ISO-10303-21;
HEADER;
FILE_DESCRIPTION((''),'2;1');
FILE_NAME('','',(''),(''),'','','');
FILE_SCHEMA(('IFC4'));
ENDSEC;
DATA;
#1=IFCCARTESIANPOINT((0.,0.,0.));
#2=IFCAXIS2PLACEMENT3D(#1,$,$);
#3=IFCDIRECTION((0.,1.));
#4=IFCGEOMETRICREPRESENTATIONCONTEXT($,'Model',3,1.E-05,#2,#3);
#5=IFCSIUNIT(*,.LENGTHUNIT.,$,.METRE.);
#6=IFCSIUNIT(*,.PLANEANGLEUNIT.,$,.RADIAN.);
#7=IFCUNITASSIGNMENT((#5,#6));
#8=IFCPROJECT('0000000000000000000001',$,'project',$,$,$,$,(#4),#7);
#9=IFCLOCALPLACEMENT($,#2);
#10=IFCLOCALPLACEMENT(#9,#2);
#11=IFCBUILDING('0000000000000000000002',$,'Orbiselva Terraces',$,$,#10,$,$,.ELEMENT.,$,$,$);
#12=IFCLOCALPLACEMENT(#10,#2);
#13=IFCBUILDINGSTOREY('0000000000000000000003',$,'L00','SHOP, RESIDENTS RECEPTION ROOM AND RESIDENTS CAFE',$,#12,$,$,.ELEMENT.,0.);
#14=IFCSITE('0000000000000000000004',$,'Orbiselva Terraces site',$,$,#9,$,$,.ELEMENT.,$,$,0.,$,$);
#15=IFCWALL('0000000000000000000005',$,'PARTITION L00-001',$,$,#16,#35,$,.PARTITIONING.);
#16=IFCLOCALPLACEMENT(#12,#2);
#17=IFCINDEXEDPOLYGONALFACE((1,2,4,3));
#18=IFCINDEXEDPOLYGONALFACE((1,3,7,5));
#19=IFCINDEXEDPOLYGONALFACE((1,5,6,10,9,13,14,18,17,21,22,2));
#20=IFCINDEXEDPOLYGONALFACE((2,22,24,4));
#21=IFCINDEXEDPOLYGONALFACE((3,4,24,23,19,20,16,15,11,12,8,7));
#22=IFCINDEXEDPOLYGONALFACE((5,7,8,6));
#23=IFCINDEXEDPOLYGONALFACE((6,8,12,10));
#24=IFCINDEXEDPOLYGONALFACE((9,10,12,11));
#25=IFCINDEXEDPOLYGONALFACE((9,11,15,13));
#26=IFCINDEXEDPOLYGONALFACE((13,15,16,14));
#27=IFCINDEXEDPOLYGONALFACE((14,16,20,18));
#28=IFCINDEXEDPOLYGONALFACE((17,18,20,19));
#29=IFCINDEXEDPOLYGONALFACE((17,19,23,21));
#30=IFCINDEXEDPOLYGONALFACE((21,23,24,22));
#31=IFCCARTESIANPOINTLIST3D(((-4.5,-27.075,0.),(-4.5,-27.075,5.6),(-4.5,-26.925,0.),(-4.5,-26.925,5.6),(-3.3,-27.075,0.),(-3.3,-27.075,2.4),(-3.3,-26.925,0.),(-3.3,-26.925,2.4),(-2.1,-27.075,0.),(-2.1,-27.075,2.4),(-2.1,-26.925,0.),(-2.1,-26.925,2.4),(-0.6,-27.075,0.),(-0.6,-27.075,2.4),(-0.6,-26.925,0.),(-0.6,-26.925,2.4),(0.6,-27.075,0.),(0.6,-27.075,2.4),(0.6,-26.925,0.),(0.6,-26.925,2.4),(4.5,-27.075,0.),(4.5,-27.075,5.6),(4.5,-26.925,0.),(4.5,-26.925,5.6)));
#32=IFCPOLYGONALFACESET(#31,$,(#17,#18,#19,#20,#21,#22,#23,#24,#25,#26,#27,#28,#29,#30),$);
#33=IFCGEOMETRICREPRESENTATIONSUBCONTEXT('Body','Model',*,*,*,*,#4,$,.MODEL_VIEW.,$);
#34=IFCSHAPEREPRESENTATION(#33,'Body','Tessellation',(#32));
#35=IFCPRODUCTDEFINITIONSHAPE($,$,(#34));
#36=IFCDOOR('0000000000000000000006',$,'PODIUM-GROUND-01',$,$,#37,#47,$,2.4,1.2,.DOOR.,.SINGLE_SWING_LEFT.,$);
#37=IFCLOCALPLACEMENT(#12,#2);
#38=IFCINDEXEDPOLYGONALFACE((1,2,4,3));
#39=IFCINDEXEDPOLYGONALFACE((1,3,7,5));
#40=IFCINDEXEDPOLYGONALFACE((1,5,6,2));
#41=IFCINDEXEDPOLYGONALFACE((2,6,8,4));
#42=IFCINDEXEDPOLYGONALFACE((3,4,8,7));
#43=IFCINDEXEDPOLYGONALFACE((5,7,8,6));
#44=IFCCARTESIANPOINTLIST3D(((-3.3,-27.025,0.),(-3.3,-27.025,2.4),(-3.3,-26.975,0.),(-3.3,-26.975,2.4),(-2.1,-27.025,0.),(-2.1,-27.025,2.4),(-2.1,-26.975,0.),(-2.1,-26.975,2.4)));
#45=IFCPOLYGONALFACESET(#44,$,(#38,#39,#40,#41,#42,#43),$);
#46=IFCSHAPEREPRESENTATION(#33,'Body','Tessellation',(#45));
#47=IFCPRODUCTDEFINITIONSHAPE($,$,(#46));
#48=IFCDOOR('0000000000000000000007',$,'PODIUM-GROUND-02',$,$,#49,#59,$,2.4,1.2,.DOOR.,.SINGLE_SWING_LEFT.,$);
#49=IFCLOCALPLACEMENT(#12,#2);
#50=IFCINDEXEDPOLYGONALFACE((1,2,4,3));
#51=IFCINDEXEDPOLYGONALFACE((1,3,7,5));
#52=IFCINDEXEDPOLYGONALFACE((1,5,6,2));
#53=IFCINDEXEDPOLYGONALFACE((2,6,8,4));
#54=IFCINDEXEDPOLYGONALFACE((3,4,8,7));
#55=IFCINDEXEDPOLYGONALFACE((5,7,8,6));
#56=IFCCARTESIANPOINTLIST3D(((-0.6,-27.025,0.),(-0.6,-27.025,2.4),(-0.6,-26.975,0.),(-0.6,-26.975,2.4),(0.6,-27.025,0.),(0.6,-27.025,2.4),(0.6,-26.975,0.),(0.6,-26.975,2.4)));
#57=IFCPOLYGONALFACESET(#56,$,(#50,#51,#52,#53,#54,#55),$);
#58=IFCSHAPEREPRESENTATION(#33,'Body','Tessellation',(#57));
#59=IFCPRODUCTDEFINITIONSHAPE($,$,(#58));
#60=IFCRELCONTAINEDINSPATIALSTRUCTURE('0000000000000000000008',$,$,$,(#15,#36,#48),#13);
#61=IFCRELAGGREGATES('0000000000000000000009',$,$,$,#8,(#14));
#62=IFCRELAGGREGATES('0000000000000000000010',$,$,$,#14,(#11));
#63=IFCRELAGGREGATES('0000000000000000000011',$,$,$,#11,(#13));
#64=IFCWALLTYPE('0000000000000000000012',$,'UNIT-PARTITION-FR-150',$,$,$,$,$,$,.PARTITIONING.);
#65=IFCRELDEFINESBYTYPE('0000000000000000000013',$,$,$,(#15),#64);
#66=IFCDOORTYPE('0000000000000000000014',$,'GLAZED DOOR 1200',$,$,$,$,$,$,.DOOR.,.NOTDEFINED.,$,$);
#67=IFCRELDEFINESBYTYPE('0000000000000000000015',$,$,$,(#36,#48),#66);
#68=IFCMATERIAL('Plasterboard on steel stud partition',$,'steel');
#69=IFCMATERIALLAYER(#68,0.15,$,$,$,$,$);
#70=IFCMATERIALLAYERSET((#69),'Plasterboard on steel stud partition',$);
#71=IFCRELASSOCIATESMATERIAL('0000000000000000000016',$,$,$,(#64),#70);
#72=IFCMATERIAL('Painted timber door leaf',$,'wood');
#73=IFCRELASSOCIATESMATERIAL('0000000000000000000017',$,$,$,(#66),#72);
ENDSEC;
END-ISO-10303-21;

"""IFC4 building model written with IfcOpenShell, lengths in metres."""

from ifc_helpers import new_model, si_unit, direction, frame, frame_2d, origin, place, context, subcontext, project, spatial, rectangle, extrude, material, layer, layer_set, type_object, element, fill, save


model = new_model("IFC4")

# Units and contexts
model_context = context("Model", 3, precision=1e-05, world=origin(), true_north=direction((0.0, 1.0)))
body_context = subcontext(model_context, "Body", "Model", "MODEL_VIEW")
ifc_project = project(units=[si_unit("LENGTHUNIT", "METRE"), si_unit("PLANEANGLEUNIT", "RADIAN")], contexts=[model_context])

# Site, building, storey
site_placement = place(None, origin())
site = spatial("IfcSite", under=ifc_project, at=site_placement, Name="Orbiselva Terraces site", CompositionType="ELEMENT", RefElevation=0.0)
building_placement = place(site_placement, origin())
building = spatial("IfcBuilding", under=site, at=building_placement, Name="Orbiselva Terraces", CompositionType="ELEMENT")
storey_placement = place(building_placement, origin())
storey = spatial("IfcBuildingStorey", under=building, at=storey_placement, Name="L00", Description="SHOP, RESIDENTS RECEPTION ROOM AND RESIDENTS CAFE", CompositionType="ELEMENT", Elevation=0.0)

# Wall, openings, doors
ifc_material_1 = material(Name="Plasterboard on steel stud partition", Category="steel")
ifc_layer_1 = layer(ifc_material_1, 0.15)
ifc_layer_set_1 = layer_set([ifc_layer_1], Name="Plasterboard on steel stud partition")
wall_type_1 = type_object("IfcWallType", Name="UNIT-PARTITION-FR-150", PredefinedType="PARTITIONING", material=ifc_layer_set_1)
wall_1_placement = place(storey_placement, frame((-4.5, -27.0, 0.0), z_axis=(0.0, 0.0, 1.0), x_axis=(1.0, 0.0, 0.0)))
wall_1 = element("IfcWall", 1, at=wall_1_placement, inside=storey, type_object=wall_type_1, Name="PARTITION L00-001", PredefinedType="PARTITIONING", context=body_context, shape_type="SweptSolid", body=[
    extrude(rectangle(XDim=9.0, YDim=0.15, at=frame_2d((4.5, 0.0))), origin(), (0.0, 0.0, 1.0), 5.6),
])
opening_1_placement = place(wall_1_placement, frame((1.2, 0.0, 0.0)))
opening_1 = element("IfcOpeningElement", 2, at=opening_1_placement, cuts=wall_1, PredefinedType="OPENING", context=body_context, shape_type="SweptSolid", body=[
    extrude(rectangle(XDim=1.2, YDim=2.4, at=frame_2d((0.6, 1.2))), frame((0.0, 0.085, 0.0), z_axis=(0.0, -1.0, 0.0), x_axis=(1.0, 0.0, 0.0)), (0.0, 0.0, 1.0), 0.17),
])
opening_2_placement = place(wall_1_placement, frame((3.9, 0.0, 0.0)))
opening_2 = element("IfcOpeningElement", 3, at=opening_2_placement, cuts=wall_1, PredefinedType="OPENING", context=body_context, shape_type="SweptSolid", body=[
    extrude(rectangle(XDim=1.2, YDim=2.4, at=frame_2d((0.6, 1.2))), frame((0.0, 0.085, 0.0), z_axis=(0.0, -1.0, 0.0), x_axis=(1.0, 0.0, 0.0)), (0.0, 0.0, 1.0), 0.17),
])
ifc_material_2 = material(Name="Painted timber door leaf", Category="wood")
door_type_1 = type_object("IfcDoorType", Name="GLAZED DOOR 1200", OperationType="NOTDEFINED", PredefinedType="DOOR", material=ifc_material_2)
door_1_placement = place(opening_1_placement, origin())
door_1 = element("IfcDoor", 4, at=door_1_placement, inside=storey, type_object=door_type_1, Name="PODIUM-GROUND-01", OperationType="SINGLE_SWING_LEFT", OverallHeight=2.4, OverallWidth=1.2, PredefinedType="DOOR", context=body_context, shape_type="SweptSolid", body=[
    extrude(rectangle(XDim=1.2, YDim=2.4, at=frame_2d((0.6, 1.2))), frame((0.0, 0.025, 0.0), z_axis=(0.0, -1.0, 0.0), x_axis=(1.0, 0.0, 0.0)), (0.0, 0.0, 1.0), 0.05),
])
fill(opening_1, door_1)
door_2_placement = place(opening_2_placement, origin())
door_2 = element("IfcDoor", 5, at=door_2_placement, inside=storey, type_object=door_type_1, Name="PODIUM-GROUND-02", OperationType="SINGLE_SWING_LEFT", OverallHeight=2.4, OverallWidth=1.2, PredefinedType="DOOR", context=body_context, shape_type="SweptSolid", body=[
    extrude(rectangle(XDim=1.2, YDim=2.4, at=frame_2d((0.6, 1.2))), frame((0.0, 0.025, 0.0), z_axis=(0.0, -1.0, 0.0), x_axis=(1.0, 0.0, 0.0)), (0.0, 0.0, 1.0), 0.05),
])
fill(opening_2, door_2)

save(model, "model.ifc")
